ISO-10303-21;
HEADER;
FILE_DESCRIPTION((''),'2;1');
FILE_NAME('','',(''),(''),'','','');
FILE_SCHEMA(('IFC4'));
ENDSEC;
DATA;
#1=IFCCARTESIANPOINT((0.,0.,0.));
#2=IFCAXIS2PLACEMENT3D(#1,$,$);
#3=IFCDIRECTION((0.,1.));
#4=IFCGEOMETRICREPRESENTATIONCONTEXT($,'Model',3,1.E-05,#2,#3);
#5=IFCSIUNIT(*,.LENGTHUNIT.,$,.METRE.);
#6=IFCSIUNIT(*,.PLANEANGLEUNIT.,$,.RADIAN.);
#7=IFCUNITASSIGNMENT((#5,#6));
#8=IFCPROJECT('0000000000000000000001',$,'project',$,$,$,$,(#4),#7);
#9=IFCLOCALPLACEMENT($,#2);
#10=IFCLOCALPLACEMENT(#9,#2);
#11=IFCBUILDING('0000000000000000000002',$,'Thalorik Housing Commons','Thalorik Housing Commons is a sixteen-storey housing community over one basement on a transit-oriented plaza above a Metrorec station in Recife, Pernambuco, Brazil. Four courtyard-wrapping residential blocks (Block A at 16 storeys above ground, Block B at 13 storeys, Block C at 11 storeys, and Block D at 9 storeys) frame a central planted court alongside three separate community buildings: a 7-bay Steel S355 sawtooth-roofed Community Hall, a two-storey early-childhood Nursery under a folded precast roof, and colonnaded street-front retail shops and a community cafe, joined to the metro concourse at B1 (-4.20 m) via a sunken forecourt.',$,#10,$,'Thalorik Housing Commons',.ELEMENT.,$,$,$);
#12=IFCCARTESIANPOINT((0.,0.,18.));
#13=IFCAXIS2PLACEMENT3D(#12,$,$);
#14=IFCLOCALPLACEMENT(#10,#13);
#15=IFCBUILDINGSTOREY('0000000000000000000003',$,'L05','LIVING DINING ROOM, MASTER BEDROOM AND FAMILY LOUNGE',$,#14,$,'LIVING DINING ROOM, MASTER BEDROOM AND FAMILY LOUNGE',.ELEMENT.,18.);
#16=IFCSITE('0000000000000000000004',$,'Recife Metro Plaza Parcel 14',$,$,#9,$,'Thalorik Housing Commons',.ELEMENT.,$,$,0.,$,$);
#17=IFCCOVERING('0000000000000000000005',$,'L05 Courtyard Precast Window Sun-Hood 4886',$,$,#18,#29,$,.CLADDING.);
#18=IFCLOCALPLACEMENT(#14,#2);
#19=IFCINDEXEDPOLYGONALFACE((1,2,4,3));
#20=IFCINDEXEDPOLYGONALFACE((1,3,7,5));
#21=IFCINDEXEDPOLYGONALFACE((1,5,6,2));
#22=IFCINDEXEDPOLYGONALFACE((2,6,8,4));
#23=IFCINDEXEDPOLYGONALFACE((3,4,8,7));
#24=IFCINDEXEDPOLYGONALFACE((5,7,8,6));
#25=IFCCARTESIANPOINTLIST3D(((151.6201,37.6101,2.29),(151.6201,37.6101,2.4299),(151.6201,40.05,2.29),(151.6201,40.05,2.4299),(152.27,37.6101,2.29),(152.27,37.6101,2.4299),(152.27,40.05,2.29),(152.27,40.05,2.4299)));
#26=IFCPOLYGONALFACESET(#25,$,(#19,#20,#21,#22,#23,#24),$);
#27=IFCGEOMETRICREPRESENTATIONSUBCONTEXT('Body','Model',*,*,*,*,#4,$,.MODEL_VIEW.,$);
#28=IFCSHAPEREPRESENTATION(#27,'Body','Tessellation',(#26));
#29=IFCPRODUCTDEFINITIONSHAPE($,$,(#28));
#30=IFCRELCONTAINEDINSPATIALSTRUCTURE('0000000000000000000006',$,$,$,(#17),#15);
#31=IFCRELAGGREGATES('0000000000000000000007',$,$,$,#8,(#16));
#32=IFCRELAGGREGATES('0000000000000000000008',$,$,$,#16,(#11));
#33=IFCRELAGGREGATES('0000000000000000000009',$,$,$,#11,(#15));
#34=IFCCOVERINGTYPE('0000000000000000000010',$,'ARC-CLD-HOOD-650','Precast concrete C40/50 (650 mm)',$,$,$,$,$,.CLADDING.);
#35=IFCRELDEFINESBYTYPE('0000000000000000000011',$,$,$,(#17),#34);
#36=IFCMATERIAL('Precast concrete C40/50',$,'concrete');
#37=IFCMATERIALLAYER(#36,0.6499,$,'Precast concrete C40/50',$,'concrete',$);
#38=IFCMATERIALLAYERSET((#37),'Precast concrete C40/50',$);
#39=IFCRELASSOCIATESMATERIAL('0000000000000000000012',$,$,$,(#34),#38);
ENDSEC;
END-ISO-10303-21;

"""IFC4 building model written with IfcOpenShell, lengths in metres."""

from ifc_helpers import new_model, si_unit, direction, frame, origin, origin_2d, place, context, subcontext, project, spatial, rectangle, extrude, material, layer, layer_set, type_object, element, save


model = new_model("IFC4")

# Units and contexts
model_context = context("Model", 3, precision=1e-05, world=origin(), true_north=direction((0.0, 1.0)))
body_context = subcontext(model_context, "Body", "Model", "MODEL_VIEW")
ifc_project = project(units=[si_unit("LENGTHUNIT", "METRE"), si_unit("PLANEANGLEUNIT", "RADIAN")], contexts=[model_context])

# Site, building, storey
site_placement = place(None, origin())
site = spatial("IfcSite", under=ifc_project, at=site_placement, Name="Recife Metro Plaza Parcel 14", LongName="Thalorik Housing Commons", CompositionType="ELEMENT", RefElevation=0.0)
building_placement = place(site_placement, origin())
building = spatial("IfcBuilding", under=site, at=building_placement, Name="Thalorik Housing Commons", Description="Thalorik Housing Commons is a sixteen-storey housing community over one basement on a transit-oriented plaza above a Metrorec station in Recife, Pernambuco, Brazil. Four courtyard-wrapping residential blocks (Block A at 16 storeys above ground, Block B at 13 storeys, Block C at 11 storeys, and Block D at 9 storeys) frame a central planted court alongside three separate community buildings: a 7-bay Steel S355 sawtooth-roofed Community Hall, a two-storey early-childhood Nursery under a folded precast roof, and colonnaded street-front retail shops and a community cafe, joined to the metro concourse at B1 (-4.20 m) via a sunken forecourt.", LongName="Thalorik Housing Commons", CompositionType="ELEMENT")
storey_placement = place(building_placement, frame((0.0, 0.0, 18.0)))
storey = spatial("IfcBuildingStorey", under=building, at=storey_placement, Name="L05", Description="LIVING DINING ROOM, MASTER BEDROOM AND FAMILY LOUNGE", LongName="LIVING DINING ROOM, MASTER BEDROOM AND FAMILY LOUNGE", CompositionType="ELEMENT", Elevation=18.0)

# Shared definitions
ifc_material_1 = material(Name="Precast concrete C40/50", Category="concrete")

# Covering
ifc_layer_1 = layer(ifc_material_1, 0.6499, Name="Precast concrete C40/50", Category="concrete")
ifc_layer_set_1 = layer_set([ifc_layer_1], Name="Precast concrete C40/50")
covering_type_1 = type_object("IfcCoveringType", Name="ARC-CLD-HOOD-650", Description="Precast concrete C40/50 (650 mm)", PredefinedType="CLADDING", material=ifc_layer_set_1)
covering_1_placement = place(storey_placement, frame((151.9451, 38.8301, 2.29), z_axis=(0.0, 0.0, 1.0), x_axis=(0.0, -1.0, 0.0)))
element("IfcCovering", 1, at=covering_1_placement, inside=storey, type_object=covering_type_1, Name="L05 Courtyard Precast Window Sun-Hood 4886", PredefinedType="CLADDING", context=body_context, shape_type="SweptSolid", body=[
    extrude(rectangle(XDim=2.4399, YDim=0.6499, at=origin_2d()), origin(), (0.0, 0.0, 1.0), 0.1399),
])

save(model, "model.ifc")
